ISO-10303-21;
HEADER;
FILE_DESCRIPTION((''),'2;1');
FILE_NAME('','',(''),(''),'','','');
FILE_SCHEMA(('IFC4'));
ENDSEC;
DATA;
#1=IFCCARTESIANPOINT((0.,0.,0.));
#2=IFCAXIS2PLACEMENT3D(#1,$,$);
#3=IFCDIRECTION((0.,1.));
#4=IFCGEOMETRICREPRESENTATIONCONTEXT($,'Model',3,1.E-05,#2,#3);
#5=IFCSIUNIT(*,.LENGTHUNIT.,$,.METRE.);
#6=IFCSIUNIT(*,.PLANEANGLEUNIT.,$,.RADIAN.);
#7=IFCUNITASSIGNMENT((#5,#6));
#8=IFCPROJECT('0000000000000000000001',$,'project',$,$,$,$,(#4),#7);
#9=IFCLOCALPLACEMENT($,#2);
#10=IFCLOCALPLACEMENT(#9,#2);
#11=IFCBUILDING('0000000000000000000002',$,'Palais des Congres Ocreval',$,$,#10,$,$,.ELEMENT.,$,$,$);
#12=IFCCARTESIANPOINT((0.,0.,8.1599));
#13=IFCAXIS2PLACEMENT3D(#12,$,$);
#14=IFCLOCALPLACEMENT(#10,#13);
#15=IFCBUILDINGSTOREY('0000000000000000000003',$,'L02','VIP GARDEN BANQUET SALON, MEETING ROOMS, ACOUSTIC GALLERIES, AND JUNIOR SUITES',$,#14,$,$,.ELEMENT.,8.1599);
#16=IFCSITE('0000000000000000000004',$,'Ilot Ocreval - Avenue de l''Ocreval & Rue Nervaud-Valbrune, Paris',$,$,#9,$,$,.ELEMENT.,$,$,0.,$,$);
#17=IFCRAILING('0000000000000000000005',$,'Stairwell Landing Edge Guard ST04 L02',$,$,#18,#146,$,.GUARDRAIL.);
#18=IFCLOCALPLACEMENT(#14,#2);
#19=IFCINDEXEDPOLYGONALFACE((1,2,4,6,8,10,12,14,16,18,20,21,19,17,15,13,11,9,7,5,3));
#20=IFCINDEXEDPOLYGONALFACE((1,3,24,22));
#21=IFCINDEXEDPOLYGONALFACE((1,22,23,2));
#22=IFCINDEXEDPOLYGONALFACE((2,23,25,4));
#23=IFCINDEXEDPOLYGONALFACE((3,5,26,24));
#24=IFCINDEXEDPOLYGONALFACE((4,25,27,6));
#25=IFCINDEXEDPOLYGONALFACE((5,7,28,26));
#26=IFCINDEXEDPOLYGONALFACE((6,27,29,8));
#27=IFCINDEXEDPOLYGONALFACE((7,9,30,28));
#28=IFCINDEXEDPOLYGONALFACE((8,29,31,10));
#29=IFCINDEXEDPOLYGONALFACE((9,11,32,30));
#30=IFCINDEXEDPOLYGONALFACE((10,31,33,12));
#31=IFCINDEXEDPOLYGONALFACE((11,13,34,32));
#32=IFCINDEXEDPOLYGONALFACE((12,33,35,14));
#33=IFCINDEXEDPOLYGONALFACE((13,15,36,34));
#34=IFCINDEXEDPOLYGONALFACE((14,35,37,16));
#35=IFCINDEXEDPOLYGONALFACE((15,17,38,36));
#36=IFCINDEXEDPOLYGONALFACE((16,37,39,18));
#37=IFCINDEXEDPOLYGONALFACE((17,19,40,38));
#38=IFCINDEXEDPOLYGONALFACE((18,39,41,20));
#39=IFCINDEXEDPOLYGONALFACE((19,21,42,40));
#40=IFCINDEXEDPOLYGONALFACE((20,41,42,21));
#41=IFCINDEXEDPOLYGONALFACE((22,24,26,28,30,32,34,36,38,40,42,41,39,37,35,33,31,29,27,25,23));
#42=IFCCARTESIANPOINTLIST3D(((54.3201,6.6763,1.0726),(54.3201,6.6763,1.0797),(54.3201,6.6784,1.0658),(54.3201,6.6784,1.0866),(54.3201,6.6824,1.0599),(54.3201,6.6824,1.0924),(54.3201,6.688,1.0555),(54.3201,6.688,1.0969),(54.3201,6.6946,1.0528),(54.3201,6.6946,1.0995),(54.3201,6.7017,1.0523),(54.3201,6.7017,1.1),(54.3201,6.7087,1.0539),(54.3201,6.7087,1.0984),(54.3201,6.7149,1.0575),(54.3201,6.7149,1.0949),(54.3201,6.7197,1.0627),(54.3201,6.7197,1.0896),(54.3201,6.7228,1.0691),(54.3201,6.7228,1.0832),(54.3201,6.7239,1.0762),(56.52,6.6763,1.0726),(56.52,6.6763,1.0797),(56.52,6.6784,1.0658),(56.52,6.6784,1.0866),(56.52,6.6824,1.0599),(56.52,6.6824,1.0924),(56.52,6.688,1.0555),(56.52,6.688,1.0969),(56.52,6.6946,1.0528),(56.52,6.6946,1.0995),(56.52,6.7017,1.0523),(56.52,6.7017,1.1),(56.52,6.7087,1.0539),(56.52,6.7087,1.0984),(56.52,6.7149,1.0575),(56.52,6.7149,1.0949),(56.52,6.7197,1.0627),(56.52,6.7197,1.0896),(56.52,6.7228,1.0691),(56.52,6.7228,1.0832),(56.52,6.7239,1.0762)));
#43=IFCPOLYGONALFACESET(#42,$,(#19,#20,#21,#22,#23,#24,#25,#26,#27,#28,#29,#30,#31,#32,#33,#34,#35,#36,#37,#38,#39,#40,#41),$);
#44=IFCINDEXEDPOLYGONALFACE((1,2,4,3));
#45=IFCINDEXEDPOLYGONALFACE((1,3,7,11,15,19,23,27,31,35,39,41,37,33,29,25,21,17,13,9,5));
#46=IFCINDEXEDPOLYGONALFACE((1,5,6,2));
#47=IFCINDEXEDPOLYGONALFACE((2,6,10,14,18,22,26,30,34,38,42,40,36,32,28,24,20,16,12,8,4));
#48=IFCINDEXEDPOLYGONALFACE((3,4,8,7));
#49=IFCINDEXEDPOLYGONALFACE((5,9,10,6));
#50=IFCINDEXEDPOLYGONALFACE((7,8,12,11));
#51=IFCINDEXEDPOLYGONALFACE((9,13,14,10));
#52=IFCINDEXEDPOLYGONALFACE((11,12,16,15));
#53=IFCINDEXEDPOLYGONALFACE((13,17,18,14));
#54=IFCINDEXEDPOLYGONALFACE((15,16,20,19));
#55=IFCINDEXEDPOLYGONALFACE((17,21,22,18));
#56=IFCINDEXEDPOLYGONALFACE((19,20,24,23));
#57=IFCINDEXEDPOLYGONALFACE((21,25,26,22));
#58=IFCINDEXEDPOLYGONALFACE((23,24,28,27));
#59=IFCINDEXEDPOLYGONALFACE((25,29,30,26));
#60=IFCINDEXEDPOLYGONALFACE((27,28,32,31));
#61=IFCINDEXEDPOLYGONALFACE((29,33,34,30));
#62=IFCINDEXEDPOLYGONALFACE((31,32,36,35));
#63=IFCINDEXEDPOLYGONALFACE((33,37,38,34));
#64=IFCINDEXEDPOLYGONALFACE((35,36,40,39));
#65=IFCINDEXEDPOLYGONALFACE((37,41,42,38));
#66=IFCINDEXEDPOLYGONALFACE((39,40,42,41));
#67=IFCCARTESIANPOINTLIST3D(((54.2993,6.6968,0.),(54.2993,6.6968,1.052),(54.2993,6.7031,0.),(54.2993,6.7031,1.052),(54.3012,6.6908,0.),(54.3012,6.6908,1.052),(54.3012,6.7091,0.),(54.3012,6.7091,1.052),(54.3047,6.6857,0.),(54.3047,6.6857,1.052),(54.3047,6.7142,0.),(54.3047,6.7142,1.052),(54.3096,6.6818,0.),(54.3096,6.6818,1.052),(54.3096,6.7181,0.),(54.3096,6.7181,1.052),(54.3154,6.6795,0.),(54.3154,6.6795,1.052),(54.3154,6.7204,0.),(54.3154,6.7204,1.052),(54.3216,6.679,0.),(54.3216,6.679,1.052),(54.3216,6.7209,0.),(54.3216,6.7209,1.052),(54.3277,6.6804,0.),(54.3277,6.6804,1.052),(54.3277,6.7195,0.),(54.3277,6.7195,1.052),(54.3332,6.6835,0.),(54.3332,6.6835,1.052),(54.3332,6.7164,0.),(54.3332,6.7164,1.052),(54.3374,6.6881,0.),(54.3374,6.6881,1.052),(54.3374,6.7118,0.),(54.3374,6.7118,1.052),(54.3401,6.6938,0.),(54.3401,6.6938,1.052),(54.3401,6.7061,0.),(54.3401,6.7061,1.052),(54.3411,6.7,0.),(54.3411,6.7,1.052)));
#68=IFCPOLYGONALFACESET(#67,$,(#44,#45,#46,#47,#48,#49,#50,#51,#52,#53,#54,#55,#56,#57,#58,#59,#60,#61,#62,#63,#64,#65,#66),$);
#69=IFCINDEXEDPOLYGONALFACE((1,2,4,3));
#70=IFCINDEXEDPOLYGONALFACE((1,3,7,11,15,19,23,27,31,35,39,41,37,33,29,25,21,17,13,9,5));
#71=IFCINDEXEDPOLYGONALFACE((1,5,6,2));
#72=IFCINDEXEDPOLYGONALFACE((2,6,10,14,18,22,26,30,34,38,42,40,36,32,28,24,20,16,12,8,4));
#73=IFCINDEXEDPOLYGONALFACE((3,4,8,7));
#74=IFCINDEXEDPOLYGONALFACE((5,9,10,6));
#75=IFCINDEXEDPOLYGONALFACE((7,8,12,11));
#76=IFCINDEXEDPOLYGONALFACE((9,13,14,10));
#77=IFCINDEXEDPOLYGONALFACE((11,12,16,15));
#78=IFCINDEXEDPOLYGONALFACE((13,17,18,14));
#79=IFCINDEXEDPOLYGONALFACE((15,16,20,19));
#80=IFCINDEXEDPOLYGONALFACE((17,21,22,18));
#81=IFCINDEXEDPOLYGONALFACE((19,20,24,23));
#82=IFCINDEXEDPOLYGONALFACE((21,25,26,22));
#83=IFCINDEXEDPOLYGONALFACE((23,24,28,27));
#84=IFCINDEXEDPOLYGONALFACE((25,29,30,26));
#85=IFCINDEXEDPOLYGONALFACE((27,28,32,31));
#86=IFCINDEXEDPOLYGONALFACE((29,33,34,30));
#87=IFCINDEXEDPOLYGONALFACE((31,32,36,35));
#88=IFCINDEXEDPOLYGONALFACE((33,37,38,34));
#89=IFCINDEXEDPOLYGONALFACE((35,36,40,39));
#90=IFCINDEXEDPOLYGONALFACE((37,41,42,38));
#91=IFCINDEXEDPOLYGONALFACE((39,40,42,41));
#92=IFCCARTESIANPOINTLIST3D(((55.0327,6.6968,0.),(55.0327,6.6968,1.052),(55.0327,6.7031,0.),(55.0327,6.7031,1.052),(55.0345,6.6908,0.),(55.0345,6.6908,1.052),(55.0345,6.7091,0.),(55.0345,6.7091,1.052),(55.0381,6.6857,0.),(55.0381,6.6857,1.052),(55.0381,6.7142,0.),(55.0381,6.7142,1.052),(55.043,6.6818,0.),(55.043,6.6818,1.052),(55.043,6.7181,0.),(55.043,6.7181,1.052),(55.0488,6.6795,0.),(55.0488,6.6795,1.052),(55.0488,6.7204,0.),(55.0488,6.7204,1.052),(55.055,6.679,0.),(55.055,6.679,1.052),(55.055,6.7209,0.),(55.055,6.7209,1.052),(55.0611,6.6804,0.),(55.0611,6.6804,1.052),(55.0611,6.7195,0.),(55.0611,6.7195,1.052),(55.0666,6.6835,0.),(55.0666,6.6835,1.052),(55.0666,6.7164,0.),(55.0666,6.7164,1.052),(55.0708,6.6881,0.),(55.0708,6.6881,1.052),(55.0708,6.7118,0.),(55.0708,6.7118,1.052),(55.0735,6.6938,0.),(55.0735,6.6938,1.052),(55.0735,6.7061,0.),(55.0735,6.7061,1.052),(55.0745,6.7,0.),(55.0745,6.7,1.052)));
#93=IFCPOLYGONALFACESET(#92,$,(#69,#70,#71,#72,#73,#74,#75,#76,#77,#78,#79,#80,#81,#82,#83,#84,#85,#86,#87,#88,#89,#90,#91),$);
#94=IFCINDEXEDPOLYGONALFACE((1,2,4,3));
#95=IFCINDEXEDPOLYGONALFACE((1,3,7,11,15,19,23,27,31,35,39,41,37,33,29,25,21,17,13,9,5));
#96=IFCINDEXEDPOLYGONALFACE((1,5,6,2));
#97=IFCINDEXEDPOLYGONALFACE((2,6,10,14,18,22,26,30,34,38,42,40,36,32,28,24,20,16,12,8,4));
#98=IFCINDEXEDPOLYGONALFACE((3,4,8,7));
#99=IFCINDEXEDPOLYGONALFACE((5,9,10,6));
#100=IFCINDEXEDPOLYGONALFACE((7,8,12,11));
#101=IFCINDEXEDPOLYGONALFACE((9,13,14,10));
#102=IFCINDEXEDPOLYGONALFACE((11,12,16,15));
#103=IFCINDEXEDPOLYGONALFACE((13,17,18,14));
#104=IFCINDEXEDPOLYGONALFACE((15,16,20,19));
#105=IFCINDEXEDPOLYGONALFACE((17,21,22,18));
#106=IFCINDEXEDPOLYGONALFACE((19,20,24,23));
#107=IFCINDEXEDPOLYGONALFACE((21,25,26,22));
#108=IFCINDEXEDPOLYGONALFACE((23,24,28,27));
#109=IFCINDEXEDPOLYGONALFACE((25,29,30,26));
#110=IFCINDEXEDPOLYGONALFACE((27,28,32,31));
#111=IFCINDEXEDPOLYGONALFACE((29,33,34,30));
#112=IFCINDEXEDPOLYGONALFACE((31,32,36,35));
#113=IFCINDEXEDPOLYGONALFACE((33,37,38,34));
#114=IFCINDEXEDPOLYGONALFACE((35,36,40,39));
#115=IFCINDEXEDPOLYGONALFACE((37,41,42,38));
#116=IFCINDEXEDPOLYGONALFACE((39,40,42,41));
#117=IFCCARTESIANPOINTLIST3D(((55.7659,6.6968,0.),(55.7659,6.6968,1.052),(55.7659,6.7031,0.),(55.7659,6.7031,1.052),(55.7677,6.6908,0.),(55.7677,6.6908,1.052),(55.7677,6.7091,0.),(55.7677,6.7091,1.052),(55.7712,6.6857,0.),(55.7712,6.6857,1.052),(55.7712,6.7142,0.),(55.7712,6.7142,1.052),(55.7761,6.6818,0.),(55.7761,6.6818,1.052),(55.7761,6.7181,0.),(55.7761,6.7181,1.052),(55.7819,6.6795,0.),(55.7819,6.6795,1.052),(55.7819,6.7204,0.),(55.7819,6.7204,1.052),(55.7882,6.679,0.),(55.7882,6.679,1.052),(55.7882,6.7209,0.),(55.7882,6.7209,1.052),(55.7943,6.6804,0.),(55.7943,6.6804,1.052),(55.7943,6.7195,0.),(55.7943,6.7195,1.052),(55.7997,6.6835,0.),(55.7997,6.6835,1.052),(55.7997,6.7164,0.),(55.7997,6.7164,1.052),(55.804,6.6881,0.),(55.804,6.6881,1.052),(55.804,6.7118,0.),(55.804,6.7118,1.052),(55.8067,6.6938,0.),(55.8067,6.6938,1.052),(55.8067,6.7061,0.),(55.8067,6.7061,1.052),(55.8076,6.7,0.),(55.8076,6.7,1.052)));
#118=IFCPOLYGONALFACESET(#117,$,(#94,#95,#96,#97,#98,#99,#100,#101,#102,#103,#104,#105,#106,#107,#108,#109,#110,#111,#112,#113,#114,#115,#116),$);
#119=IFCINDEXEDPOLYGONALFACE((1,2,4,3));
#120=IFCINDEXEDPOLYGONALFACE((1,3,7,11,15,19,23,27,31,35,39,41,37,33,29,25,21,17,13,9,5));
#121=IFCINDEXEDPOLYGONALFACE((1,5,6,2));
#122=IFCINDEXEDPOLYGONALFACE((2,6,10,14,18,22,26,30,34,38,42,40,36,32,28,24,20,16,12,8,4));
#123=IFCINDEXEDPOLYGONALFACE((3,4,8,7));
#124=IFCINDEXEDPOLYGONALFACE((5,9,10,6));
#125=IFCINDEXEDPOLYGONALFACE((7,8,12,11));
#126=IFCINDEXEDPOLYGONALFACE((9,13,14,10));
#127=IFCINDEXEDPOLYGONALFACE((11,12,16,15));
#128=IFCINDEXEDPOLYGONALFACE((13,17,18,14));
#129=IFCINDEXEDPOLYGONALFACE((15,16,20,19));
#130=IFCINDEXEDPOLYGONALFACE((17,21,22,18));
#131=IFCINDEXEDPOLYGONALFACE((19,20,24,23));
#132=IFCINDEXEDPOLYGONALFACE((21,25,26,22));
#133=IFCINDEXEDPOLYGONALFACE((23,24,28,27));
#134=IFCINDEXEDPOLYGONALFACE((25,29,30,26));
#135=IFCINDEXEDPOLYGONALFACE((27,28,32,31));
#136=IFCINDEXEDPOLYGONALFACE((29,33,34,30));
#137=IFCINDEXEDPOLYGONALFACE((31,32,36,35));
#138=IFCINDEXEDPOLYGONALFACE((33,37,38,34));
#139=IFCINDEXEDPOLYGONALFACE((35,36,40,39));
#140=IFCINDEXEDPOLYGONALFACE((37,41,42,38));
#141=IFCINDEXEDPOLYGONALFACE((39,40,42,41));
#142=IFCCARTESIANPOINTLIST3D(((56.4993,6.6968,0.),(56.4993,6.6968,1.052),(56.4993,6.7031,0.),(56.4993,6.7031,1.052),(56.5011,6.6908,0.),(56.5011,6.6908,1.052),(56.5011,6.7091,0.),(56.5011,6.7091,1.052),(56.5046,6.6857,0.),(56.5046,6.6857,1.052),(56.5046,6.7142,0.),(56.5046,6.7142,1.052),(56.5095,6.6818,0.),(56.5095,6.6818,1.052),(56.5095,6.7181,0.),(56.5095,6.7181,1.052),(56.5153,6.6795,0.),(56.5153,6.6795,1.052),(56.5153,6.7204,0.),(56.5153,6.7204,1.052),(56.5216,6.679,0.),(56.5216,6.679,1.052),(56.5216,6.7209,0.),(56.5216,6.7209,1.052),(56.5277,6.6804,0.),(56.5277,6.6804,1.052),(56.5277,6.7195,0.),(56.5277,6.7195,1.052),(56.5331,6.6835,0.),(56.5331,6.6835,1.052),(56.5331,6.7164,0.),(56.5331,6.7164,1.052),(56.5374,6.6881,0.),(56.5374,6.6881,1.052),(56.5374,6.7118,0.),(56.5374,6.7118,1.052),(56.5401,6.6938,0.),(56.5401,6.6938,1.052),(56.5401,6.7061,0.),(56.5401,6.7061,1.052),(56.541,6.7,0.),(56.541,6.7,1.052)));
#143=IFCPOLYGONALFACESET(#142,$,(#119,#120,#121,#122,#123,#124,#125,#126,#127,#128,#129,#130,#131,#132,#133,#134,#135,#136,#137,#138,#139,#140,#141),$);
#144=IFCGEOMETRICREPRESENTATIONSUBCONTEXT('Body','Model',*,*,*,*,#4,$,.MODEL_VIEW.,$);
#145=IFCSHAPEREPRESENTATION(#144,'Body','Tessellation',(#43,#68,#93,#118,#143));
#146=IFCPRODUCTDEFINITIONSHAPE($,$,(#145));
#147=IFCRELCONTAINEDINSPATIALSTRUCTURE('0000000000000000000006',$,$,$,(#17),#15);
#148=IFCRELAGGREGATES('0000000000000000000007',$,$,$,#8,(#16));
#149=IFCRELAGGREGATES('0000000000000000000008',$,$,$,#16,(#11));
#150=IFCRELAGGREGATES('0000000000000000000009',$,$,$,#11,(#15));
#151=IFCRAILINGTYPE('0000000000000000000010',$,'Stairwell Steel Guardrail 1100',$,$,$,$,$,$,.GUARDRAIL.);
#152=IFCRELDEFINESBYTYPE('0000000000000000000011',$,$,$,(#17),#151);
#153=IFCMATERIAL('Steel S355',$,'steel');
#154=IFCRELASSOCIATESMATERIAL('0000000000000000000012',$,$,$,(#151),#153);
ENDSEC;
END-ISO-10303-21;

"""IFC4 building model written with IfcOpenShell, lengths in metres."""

from ifc_helpers import new_model, si_unit, direction, frame, origin, origin_2d, place, context, subcontext, project, spatial, circle, extrude, material, type_object, element, save


model = new_model("IFC4")

# Units and contexts
model_context = context("Model", 3, precision=1e-05, world=origin(), true_north=direction((0.0, 1.0)))
body_context = subcontext(model_context, "Body", "Model", "MODEL_VIEW")
ifc_project = project(units=[si_unit("LENGTHUNIT", "METRE"), si_unit("PLANEANGLEUNIT", "RADIAN")], contexts=[model_context])

# Site, building, storey
site_placement = place(None, origin())
site = spatial("IfcSite", under=ifc_project, at=site_placement, Name="Ilot Ocreval - Avenue de l'Ocreval & Rue Nervaud-Valbrune, Paris", CompositionType="ELEMENT", RefElevation=0.0)
building_placement = place(site_placement, origin())
building = spatial("IfcBuilding", under=site, at=building_placement, Name="Palais des Congres Ocreval", CompositionType="ELEMENT")
storey_placement = place(building_placement, frame((0.0, 0.0, 8.1599)))
storey = spatial("IfcBuildingStorey", under=building, at=storey_placement, Name="L02", Description="VIP GARDEN BANQUET SALON, MEETING ROOMS, ACOUSTIC GALLERIES, AND JUNIOR SUITES", CompositionType="ELEMENT", Elevation=8.1599)

# Shared definitions
ifc_material_1 = material(Name="Steel S355", Category="steel")

# Railing
railing_type_1 = type_object("IfcRailingType", Name="Stairwell Steel Guardrail 1100", PredefinedType="GUARDRAIL", material=ifc_material_1)
railing_1_placement = place(storey_placement, frame((54.3201, 6.7, 0.0)))
element("IfcRailing", 1, at=railing_1_placement, inside=storey, type_object=railing_type_1, Name="Stairwell Landing Edge Guard ST04 L02", PredefinedType="GUARDRAIL", context=body_context, shape_type="SweptSolid", body=[
    extrude(circle(Radius=0.0239, at=origin_2d()), frame((0.0, 0.0, 1.0762), z_axis=(1.0, 0.0, 0.0), x_axis=(0.0, 1.0, 0.0)), (0.0, 0.0, 1.0), 2.2),
    extrude(circle(Radius=0.021, at=origin_2d()), origin(), (0.0, 0.0, 1.0), 1.052),
    extrude(circle(Radius=0.021, at=origin_2d()), frame((0.7334, 0.0, 0.0)), (0.0, 0.0, 1.0), 1.052),
    extrude(circle(Radius=0.021, at=origin_2d()), frame((1.4666, 0.0, 0.0)), (0.0, 0.0, 1.0), 1.052),
    extrude(circle(Radius=0.021, at=origin_2d()), frame((2.2, 0.0, 0.0)), (0.0, 0.0, 1.0), 1.052),
])

save(model, "model.ifc")
